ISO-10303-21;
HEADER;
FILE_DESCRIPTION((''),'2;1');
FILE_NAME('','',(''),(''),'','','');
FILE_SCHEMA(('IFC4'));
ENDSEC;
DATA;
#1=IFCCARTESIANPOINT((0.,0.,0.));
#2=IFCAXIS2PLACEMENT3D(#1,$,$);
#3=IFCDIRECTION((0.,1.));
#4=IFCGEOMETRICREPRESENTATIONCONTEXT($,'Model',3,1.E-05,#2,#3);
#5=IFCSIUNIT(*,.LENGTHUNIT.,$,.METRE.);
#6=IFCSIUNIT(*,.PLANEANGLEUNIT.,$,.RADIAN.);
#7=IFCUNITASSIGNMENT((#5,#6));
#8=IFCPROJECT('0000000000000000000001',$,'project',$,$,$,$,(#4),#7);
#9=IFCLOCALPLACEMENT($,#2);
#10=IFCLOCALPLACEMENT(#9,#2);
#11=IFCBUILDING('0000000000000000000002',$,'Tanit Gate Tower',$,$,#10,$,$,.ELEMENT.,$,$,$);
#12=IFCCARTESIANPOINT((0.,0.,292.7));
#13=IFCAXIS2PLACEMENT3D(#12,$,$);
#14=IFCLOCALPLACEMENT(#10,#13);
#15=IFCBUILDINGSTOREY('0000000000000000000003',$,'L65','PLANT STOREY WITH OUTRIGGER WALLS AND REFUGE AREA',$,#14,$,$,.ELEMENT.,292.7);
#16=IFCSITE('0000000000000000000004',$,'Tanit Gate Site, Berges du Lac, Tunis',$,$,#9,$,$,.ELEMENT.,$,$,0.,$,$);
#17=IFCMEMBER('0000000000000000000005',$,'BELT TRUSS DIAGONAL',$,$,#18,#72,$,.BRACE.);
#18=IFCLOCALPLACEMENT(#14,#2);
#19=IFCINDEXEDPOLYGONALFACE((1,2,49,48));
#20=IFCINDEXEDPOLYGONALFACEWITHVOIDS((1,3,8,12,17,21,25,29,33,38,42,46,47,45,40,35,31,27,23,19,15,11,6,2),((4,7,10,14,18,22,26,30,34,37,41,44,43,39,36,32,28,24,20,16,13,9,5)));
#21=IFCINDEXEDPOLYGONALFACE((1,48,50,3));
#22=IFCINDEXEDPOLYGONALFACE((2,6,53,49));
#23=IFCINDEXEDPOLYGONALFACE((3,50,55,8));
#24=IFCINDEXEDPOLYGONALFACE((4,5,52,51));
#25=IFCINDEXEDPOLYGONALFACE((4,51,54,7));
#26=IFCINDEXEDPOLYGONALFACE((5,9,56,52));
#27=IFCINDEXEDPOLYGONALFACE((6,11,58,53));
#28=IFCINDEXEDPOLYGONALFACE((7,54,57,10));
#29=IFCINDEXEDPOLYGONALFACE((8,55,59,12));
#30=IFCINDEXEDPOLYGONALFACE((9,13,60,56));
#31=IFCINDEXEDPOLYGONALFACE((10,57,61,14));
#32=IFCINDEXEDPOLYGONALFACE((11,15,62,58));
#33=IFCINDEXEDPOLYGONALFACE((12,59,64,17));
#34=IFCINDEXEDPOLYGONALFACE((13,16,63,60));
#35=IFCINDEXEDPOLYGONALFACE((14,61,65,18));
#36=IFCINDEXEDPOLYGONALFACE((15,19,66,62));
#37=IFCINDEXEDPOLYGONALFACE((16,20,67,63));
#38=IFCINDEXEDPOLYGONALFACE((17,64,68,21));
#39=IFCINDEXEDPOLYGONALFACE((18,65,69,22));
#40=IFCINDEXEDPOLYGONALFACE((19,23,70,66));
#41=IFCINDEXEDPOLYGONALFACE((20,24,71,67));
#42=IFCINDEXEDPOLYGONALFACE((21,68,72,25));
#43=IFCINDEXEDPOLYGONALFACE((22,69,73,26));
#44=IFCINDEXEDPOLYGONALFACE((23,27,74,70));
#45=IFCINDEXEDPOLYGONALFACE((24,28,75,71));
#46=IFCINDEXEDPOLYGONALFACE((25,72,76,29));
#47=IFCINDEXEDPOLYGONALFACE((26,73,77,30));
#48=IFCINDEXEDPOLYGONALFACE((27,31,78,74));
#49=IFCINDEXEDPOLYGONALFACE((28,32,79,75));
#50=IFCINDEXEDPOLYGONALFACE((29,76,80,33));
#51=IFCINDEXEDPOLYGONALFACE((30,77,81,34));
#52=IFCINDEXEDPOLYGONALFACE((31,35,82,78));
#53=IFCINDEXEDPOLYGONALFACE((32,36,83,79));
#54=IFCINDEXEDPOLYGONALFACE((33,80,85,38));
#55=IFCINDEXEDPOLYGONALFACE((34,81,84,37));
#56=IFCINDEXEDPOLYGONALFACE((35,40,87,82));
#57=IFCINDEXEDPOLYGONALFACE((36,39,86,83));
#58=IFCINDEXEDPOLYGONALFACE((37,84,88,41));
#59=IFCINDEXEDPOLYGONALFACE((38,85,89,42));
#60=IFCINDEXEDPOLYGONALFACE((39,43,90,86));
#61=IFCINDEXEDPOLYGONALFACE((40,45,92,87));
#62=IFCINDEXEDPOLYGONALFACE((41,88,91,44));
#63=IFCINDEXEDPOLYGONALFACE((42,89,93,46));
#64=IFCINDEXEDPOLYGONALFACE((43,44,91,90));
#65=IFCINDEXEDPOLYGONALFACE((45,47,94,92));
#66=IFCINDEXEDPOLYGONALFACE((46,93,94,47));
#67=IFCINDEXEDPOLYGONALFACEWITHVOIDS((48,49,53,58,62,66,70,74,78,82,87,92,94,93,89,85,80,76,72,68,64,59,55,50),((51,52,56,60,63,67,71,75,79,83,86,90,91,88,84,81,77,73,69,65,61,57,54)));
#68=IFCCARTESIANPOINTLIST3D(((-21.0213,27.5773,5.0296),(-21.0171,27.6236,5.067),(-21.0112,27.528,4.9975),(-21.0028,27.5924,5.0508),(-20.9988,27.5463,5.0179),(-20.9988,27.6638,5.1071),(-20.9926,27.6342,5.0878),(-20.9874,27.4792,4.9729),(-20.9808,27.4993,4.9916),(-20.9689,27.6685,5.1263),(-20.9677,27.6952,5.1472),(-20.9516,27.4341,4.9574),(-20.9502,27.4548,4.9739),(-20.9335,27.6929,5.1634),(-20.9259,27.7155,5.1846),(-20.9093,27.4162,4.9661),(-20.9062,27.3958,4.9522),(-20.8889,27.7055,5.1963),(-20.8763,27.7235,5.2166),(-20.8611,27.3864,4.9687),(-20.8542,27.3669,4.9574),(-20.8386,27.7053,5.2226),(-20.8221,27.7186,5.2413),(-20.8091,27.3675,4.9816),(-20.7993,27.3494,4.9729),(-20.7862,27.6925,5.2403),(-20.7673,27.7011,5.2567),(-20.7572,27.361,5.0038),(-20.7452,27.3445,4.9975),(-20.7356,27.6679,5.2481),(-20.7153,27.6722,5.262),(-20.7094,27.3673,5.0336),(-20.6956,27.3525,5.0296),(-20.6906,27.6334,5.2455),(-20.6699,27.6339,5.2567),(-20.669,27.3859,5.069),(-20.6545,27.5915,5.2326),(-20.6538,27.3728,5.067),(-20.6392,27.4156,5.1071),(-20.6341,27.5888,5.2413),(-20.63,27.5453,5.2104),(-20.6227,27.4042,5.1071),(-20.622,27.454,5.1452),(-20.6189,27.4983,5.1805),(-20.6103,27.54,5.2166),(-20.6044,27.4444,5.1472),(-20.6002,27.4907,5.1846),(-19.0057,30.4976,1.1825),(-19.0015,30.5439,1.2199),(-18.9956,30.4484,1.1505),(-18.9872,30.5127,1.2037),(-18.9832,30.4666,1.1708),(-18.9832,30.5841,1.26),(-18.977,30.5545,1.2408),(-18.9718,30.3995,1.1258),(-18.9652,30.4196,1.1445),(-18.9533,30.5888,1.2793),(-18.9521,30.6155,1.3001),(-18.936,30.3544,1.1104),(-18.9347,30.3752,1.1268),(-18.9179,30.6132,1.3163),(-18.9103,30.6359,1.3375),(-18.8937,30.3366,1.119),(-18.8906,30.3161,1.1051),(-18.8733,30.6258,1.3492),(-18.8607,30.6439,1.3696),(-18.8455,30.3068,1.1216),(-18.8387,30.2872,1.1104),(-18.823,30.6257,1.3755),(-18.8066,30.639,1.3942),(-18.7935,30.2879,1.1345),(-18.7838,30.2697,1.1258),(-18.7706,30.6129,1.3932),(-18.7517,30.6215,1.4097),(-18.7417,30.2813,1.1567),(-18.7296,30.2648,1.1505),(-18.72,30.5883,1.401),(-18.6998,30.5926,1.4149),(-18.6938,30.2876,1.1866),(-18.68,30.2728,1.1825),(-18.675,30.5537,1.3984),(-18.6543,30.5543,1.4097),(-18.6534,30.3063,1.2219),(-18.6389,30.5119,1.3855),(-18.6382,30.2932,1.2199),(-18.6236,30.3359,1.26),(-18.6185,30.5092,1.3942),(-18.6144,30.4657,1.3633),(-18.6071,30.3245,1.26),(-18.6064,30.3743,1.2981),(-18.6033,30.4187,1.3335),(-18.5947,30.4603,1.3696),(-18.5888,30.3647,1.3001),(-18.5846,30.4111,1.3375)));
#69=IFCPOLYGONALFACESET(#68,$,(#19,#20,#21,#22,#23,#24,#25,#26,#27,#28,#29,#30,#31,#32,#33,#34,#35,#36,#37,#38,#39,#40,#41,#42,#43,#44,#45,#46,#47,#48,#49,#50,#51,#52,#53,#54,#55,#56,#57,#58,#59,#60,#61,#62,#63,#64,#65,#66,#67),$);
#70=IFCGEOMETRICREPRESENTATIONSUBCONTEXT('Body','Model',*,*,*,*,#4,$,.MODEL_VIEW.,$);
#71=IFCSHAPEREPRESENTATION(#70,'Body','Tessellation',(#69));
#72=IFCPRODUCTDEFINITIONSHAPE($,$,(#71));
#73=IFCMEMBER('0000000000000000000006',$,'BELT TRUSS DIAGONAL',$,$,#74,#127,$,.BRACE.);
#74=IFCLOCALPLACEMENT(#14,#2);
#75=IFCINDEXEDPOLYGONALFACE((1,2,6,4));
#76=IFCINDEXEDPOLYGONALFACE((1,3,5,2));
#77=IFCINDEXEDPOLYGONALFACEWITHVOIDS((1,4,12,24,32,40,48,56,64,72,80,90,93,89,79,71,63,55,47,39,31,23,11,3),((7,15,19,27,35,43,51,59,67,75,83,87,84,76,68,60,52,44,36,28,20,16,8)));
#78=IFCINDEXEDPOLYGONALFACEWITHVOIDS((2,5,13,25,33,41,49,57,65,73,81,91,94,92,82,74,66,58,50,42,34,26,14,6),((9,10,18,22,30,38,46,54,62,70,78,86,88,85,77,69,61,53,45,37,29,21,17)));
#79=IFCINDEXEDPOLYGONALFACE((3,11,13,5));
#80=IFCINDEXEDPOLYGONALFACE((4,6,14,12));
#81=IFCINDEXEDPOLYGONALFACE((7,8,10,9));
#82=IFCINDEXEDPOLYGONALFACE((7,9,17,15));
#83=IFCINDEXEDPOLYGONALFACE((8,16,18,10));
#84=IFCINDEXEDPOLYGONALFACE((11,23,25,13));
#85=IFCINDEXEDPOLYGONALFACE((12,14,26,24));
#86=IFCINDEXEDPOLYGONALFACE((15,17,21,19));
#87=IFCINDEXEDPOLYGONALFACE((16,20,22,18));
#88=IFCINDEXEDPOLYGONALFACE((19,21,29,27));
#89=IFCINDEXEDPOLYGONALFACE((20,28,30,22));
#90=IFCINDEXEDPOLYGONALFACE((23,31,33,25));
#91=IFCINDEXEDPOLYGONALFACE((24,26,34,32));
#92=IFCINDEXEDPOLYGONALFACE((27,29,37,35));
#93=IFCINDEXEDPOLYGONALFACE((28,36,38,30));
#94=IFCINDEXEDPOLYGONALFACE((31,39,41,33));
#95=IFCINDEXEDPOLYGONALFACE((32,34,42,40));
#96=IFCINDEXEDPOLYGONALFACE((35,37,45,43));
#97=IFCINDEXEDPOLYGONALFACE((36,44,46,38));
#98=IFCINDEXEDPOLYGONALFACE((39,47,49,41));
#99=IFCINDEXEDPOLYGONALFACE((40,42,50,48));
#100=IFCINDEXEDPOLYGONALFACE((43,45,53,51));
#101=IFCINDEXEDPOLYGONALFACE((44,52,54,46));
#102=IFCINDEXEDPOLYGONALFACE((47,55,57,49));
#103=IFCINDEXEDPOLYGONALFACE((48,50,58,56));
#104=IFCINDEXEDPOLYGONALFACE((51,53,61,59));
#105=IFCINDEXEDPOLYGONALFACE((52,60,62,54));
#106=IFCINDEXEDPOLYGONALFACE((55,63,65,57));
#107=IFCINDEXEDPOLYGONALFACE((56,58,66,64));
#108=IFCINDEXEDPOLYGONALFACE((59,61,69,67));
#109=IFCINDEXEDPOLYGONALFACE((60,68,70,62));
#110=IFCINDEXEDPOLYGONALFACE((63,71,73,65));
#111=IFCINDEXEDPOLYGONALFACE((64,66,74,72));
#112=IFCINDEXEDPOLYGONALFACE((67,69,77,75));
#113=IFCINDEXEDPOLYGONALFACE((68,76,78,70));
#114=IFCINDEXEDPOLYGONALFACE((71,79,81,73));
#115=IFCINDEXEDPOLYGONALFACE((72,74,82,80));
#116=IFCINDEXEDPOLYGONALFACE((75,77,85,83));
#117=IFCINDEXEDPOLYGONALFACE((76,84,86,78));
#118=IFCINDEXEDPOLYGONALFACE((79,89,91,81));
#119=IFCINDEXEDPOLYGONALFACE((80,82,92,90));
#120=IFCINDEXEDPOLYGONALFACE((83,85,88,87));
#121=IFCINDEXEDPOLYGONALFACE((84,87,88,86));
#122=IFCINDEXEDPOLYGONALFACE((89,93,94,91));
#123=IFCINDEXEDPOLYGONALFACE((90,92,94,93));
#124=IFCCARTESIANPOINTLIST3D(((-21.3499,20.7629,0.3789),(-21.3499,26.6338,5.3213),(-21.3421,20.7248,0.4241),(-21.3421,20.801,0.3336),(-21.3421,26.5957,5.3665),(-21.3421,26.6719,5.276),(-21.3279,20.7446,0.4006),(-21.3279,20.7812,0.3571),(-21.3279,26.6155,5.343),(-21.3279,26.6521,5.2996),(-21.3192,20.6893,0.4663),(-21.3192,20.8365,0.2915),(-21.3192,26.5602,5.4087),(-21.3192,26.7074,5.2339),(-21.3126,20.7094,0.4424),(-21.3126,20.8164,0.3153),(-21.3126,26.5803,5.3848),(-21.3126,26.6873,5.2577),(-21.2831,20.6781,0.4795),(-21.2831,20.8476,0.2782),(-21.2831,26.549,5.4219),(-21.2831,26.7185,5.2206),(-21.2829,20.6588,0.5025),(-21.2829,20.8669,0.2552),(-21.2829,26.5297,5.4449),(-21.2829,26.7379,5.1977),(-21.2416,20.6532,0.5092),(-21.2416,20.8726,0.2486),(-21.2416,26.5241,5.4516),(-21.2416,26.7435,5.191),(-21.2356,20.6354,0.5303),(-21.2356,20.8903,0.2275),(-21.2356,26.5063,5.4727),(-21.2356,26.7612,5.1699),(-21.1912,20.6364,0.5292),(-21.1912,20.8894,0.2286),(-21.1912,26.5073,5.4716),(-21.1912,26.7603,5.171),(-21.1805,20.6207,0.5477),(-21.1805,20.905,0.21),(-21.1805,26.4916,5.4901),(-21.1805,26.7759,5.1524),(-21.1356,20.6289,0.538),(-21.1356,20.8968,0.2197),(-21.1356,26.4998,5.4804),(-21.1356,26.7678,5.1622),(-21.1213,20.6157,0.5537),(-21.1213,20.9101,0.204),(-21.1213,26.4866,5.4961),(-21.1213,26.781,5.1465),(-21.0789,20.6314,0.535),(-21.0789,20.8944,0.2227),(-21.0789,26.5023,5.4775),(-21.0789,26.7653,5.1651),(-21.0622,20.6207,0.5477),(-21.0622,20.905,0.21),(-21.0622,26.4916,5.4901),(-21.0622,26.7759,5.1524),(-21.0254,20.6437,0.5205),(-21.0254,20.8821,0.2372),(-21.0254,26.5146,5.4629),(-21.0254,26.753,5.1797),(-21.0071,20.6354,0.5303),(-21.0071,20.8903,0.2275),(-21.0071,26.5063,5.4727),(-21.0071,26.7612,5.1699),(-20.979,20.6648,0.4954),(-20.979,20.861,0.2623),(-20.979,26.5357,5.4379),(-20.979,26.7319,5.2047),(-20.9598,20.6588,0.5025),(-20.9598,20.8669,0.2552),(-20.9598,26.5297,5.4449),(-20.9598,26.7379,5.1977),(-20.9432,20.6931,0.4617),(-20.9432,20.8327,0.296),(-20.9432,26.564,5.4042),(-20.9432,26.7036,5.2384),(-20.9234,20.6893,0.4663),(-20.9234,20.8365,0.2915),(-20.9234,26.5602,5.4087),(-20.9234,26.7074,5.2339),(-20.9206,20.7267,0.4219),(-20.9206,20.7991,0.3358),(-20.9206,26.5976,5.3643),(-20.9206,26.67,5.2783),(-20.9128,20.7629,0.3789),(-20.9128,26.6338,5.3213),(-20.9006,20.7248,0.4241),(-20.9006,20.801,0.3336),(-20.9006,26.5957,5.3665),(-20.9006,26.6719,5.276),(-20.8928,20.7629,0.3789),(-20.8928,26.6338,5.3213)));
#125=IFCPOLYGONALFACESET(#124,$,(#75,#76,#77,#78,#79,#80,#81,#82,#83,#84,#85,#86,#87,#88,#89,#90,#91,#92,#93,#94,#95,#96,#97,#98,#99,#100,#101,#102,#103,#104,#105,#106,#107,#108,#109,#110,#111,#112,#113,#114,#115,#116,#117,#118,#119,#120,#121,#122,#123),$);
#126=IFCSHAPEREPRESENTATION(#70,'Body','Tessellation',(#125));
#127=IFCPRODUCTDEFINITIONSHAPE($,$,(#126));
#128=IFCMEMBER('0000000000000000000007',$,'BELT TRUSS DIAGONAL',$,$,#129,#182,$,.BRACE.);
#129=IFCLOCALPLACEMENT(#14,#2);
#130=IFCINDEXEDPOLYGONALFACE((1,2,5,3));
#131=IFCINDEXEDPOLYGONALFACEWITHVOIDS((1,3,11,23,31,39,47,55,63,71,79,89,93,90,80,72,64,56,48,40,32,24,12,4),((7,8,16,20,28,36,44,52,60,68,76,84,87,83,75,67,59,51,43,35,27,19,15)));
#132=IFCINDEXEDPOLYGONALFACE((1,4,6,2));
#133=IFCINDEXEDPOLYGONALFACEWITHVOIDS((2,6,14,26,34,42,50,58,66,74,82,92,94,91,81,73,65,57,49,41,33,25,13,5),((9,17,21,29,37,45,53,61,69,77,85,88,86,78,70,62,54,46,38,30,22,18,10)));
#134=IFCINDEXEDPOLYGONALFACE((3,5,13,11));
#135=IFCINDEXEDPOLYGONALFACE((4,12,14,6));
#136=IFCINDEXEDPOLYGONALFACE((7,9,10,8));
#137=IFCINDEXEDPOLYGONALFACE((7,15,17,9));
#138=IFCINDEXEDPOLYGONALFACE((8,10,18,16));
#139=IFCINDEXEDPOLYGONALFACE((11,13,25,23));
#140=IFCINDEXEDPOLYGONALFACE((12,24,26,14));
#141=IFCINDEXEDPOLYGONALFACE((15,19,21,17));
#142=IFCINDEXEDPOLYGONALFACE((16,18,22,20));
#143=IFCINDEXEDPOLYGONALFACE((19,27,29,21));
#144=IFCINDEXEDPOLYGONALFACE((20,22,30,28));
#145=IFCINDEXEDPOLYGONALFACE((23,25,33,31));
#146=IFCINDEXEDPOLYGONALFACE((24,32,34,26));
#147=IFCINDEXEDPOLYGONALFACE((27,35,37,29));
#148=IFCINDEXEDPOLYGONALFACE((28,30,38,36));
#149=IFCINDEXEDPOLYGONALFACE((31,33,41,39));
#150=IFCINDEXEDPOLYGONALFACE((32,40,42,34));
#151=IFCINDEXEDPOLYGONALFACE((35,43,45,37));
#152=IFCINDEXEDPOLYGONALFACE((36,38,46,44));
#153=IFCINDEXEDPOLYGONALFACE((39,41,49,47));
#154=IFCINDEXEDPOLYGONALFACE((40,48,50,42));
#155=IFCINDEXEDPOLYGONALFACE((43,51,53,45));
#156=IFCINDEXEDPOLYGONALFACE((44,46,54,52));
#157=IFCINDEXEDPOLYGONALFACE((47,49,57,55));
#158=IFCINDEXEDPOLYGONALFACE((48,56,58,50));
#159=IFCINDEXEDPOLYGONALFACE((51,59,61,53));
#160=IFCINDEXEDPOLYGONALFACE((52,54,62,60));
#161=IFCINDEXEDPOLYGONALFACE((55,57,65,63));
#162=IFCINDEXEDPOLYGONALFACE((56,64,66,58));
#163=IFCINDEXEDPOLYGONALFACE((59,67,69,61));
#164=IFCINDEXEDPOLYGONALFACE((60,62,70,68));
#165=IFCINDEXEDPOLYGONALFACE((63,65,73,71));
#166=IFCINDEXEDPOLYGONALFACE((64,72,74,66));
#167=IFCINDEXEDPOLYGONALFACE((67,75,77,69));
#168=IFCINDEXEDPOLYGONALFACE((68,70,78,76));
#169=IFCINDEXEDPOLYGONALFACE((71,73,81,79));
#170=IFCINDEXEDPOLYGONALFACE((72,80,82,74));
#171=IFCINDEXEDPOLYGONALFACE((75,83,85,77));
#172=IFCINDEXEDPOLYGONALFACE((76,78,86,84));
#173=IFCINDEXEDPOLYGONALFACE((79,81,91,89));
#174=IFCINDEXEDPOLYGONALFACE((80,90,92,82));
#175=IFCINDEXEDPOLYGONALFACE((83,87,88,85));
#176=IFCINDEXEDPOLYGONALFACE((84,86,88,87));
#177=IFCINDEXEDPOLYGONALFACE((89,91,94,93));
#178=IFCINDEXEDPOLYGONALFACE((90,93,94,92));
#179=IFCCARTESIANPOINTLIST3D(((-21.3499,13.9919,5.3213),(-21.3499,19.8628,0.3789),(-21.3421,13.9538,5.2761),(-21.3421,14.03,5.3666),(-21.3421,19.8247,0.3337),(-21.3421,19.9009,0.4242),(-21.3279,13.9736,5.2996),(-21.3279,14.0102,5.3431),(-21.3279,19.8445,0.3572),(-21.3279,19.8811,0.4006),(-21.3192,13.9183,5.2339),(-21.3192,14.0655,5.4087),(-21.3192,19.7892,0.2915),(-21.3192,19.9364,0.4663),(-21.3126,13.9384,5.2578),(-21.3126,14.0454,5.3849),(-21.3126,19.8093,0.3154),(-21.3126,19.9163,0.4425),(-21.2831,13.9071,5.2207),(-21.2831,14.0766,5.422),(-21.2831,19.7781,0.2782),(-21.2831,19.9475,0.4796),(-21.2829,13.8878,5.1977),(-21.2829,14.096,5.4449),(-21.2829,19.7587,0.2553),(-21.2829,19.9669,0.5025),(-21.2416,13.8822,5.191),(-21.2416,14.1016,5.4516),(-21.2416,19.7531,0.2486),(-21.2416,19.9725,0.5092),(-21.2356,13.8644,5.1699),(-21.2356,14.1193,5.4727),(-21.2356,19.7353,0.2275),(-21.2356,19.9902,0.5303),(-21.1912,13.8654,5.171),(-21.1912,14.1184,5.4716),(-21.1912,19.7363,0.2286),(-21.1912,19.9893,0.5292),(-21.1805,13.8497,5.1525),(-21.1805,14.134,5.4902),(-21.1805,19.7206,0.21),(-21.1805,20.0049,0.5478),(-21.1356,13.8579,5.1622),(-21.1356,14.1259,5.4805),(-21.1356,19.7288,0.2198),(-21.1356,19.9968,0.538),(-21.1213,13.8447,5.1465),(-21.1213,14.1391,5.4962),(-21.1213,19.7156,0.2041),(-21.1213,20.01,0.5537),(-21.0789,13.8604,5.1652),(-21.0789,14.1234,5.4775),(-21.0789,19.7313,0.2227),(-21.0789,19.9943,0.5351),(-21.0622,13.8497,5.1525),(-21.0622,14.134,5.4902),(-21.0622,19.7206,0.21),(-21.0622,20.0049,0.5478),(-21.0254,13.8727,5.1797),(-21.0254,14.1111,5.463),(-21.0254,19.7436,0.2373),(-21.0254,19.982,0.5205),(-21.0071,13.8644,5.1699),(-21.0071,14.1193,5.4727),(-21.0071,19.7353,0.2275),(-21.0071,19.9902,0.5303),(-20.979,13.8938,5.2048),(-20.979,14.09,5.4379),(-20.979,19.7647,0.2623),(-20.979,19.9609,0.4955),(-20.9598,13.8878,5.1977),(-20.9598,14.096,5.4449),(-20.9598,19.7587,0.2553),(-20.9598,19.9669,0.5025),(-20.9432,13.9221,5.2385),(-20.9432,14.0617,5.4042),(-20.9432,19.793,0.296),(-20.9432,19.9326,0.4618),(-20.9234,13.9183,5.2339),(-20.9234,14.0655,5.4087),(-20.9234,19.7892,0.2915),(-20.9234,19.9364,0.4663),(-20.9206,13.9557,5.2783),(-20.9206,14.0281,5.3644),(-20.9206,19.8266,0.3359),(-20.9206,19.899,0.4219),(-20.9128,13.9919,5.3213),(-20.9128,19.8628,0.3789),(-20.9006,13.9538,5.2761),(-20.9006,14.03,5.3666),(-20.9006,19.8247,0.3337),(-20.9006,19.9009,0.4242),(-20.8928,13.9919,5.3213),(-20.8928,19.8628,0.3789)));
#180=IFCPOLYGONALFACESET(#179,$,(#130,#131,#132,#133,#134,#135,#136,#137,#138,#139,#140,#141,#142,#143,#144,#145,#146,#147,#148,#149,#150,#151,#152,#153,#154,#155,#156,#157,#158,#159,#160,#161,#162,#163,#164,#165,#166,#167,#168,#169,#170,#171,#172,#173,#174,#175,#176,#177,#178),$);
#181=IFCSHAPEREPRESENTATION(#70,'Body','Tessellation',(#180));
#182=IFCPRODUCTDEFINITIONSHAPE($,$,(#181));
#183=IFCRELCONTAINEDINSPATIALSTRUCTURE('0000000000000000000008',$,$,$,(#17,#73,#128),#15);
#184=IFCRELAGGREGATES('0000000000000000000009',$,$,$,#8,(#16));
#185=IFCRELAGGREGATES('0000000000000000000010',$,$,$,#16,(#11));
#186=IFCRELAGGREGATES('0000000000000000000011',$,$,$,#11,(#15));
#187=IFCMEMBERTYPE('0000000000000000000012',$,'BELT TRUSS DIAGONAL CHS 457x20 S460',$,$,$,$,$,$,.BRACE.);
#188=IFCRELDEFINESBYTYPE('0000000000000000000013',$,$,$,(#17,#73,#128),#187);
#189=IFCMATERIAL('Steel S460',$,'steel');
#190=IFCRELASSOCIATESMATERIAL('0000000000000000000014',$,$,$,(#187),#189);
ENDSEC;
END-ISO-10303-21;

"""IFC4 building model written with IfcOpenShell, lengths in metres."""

from ifc_helpers import new_model, si_unit, direction, frame, origin, origin_2d, place, context, subcontext, project, spatial, hollow_circle, extrude, material, material_profile, profile_set, type_object, element, save


model = new_model("IFC4")

# Units and contexts
model_context = context("Model", 3, precision=1e-05, world=origin(), true_north=direction((0.0, 1.0)))
body_context = subcontext(model_context, "Body", "Model", "MODEL_VIEW")
ifc_project = project(units=[si_unit("LENGTHUNIT", "METRE"), si_unit("PLANEANGLEUNIT", "RADIAN")], contexts=[model_context])

# Site, building, storey
site_placement = place(None, origin())
site = spatial("IfcSite", under=ifc_project, at=site_placement, Name="Tanit Gate Site, Berges du Lac, Tunis", CompositionType="ELEMENT", RefElevation=0.0)
building_placement = place(site_placement, origin())
building = spatial("IfcBuilding", under=site, at=building_placement, Name="Tanit Gate Tower", CompositionType="ELEMENT")
storey_placement = place(building_placement, frame((0.0, 0.0, 292.7)))
storey = spatial("IfcBuildingStorey", under=building, at=storey_placement, Name="L65", Description="PLANT STOREY WITH OUTRIGGER WALLS AND REFUGE AREA", CompositionType="ELEMENT", Elevation=292.7)

# Members
ifc_material_1 = material(Name="Steel S460", Category="steel")
ifc_material_profile_1 = material_profile(ifc_material_1, hollow_circle(Radius=0.2285, WallThickness=0.02, at=origin_2d()), Name="CHS 457x20")
ifc_profile_set_1 = profile_set([ifc_material_profile_1], Name="Steel S460")
member_type = type_object("IfcMemberType", Name="BELT TRUSS DIAGONAL CHS 457x20 S460", PredefinedType="BRACE", material=ifc_profile_set_1)
member_placement = place(storey_placement, frame((-18.7952, 30.4543, 1.26), z_axis=(-0.38512, -0.557995, 0.735068), x_axis=(0.823009, -0.568029, 0.0)))
element("IfcMember", 1, at=member_placement, inside=storey, type_object=member_type, Name="BELT TRUSS DIAGONAL", PredefinedType="BRACE", context=body_context, shape_type="SweptSolid", body=[
    extrude(hollow_circle(Radius=0.2285, WallThickness=0.02, at=origin_2d()), origin(), (0.0, 0.0, 1.0), 5.2336),
])
for number, where, z_axis, x_axis, name in (
    (2, (-21.1213, 26.6338, 5.3213), (0.0, -0.765007, -0.644022), (1.0, 0.0, 0.0), "BELT TRUSS DIAGONAL"),
    (3, (-21.1213, 19.8628, 0.3789), (0.0, -0.765007, 0.644022), (1.0, 0.0, 0.0), "BELT TRUSS DIAGONAL"),
):
    element("IfcMember", number, at=place(storey_placement, frame(where, z_axis=z_axis, x_axis=x_axis)), inside=storey, type_object=member_type, Name=name, PredefinedType="BRACE", context=body_context, shape_type="SweptSolid", body=[
        extrude(hollow_circle(Radius=0.2285, WallThickness=0.02, at=origin_2d()), origin(), (0.0, 0.0, 1.0), 7.6743),
    ])

save(model, "model.ifc")
